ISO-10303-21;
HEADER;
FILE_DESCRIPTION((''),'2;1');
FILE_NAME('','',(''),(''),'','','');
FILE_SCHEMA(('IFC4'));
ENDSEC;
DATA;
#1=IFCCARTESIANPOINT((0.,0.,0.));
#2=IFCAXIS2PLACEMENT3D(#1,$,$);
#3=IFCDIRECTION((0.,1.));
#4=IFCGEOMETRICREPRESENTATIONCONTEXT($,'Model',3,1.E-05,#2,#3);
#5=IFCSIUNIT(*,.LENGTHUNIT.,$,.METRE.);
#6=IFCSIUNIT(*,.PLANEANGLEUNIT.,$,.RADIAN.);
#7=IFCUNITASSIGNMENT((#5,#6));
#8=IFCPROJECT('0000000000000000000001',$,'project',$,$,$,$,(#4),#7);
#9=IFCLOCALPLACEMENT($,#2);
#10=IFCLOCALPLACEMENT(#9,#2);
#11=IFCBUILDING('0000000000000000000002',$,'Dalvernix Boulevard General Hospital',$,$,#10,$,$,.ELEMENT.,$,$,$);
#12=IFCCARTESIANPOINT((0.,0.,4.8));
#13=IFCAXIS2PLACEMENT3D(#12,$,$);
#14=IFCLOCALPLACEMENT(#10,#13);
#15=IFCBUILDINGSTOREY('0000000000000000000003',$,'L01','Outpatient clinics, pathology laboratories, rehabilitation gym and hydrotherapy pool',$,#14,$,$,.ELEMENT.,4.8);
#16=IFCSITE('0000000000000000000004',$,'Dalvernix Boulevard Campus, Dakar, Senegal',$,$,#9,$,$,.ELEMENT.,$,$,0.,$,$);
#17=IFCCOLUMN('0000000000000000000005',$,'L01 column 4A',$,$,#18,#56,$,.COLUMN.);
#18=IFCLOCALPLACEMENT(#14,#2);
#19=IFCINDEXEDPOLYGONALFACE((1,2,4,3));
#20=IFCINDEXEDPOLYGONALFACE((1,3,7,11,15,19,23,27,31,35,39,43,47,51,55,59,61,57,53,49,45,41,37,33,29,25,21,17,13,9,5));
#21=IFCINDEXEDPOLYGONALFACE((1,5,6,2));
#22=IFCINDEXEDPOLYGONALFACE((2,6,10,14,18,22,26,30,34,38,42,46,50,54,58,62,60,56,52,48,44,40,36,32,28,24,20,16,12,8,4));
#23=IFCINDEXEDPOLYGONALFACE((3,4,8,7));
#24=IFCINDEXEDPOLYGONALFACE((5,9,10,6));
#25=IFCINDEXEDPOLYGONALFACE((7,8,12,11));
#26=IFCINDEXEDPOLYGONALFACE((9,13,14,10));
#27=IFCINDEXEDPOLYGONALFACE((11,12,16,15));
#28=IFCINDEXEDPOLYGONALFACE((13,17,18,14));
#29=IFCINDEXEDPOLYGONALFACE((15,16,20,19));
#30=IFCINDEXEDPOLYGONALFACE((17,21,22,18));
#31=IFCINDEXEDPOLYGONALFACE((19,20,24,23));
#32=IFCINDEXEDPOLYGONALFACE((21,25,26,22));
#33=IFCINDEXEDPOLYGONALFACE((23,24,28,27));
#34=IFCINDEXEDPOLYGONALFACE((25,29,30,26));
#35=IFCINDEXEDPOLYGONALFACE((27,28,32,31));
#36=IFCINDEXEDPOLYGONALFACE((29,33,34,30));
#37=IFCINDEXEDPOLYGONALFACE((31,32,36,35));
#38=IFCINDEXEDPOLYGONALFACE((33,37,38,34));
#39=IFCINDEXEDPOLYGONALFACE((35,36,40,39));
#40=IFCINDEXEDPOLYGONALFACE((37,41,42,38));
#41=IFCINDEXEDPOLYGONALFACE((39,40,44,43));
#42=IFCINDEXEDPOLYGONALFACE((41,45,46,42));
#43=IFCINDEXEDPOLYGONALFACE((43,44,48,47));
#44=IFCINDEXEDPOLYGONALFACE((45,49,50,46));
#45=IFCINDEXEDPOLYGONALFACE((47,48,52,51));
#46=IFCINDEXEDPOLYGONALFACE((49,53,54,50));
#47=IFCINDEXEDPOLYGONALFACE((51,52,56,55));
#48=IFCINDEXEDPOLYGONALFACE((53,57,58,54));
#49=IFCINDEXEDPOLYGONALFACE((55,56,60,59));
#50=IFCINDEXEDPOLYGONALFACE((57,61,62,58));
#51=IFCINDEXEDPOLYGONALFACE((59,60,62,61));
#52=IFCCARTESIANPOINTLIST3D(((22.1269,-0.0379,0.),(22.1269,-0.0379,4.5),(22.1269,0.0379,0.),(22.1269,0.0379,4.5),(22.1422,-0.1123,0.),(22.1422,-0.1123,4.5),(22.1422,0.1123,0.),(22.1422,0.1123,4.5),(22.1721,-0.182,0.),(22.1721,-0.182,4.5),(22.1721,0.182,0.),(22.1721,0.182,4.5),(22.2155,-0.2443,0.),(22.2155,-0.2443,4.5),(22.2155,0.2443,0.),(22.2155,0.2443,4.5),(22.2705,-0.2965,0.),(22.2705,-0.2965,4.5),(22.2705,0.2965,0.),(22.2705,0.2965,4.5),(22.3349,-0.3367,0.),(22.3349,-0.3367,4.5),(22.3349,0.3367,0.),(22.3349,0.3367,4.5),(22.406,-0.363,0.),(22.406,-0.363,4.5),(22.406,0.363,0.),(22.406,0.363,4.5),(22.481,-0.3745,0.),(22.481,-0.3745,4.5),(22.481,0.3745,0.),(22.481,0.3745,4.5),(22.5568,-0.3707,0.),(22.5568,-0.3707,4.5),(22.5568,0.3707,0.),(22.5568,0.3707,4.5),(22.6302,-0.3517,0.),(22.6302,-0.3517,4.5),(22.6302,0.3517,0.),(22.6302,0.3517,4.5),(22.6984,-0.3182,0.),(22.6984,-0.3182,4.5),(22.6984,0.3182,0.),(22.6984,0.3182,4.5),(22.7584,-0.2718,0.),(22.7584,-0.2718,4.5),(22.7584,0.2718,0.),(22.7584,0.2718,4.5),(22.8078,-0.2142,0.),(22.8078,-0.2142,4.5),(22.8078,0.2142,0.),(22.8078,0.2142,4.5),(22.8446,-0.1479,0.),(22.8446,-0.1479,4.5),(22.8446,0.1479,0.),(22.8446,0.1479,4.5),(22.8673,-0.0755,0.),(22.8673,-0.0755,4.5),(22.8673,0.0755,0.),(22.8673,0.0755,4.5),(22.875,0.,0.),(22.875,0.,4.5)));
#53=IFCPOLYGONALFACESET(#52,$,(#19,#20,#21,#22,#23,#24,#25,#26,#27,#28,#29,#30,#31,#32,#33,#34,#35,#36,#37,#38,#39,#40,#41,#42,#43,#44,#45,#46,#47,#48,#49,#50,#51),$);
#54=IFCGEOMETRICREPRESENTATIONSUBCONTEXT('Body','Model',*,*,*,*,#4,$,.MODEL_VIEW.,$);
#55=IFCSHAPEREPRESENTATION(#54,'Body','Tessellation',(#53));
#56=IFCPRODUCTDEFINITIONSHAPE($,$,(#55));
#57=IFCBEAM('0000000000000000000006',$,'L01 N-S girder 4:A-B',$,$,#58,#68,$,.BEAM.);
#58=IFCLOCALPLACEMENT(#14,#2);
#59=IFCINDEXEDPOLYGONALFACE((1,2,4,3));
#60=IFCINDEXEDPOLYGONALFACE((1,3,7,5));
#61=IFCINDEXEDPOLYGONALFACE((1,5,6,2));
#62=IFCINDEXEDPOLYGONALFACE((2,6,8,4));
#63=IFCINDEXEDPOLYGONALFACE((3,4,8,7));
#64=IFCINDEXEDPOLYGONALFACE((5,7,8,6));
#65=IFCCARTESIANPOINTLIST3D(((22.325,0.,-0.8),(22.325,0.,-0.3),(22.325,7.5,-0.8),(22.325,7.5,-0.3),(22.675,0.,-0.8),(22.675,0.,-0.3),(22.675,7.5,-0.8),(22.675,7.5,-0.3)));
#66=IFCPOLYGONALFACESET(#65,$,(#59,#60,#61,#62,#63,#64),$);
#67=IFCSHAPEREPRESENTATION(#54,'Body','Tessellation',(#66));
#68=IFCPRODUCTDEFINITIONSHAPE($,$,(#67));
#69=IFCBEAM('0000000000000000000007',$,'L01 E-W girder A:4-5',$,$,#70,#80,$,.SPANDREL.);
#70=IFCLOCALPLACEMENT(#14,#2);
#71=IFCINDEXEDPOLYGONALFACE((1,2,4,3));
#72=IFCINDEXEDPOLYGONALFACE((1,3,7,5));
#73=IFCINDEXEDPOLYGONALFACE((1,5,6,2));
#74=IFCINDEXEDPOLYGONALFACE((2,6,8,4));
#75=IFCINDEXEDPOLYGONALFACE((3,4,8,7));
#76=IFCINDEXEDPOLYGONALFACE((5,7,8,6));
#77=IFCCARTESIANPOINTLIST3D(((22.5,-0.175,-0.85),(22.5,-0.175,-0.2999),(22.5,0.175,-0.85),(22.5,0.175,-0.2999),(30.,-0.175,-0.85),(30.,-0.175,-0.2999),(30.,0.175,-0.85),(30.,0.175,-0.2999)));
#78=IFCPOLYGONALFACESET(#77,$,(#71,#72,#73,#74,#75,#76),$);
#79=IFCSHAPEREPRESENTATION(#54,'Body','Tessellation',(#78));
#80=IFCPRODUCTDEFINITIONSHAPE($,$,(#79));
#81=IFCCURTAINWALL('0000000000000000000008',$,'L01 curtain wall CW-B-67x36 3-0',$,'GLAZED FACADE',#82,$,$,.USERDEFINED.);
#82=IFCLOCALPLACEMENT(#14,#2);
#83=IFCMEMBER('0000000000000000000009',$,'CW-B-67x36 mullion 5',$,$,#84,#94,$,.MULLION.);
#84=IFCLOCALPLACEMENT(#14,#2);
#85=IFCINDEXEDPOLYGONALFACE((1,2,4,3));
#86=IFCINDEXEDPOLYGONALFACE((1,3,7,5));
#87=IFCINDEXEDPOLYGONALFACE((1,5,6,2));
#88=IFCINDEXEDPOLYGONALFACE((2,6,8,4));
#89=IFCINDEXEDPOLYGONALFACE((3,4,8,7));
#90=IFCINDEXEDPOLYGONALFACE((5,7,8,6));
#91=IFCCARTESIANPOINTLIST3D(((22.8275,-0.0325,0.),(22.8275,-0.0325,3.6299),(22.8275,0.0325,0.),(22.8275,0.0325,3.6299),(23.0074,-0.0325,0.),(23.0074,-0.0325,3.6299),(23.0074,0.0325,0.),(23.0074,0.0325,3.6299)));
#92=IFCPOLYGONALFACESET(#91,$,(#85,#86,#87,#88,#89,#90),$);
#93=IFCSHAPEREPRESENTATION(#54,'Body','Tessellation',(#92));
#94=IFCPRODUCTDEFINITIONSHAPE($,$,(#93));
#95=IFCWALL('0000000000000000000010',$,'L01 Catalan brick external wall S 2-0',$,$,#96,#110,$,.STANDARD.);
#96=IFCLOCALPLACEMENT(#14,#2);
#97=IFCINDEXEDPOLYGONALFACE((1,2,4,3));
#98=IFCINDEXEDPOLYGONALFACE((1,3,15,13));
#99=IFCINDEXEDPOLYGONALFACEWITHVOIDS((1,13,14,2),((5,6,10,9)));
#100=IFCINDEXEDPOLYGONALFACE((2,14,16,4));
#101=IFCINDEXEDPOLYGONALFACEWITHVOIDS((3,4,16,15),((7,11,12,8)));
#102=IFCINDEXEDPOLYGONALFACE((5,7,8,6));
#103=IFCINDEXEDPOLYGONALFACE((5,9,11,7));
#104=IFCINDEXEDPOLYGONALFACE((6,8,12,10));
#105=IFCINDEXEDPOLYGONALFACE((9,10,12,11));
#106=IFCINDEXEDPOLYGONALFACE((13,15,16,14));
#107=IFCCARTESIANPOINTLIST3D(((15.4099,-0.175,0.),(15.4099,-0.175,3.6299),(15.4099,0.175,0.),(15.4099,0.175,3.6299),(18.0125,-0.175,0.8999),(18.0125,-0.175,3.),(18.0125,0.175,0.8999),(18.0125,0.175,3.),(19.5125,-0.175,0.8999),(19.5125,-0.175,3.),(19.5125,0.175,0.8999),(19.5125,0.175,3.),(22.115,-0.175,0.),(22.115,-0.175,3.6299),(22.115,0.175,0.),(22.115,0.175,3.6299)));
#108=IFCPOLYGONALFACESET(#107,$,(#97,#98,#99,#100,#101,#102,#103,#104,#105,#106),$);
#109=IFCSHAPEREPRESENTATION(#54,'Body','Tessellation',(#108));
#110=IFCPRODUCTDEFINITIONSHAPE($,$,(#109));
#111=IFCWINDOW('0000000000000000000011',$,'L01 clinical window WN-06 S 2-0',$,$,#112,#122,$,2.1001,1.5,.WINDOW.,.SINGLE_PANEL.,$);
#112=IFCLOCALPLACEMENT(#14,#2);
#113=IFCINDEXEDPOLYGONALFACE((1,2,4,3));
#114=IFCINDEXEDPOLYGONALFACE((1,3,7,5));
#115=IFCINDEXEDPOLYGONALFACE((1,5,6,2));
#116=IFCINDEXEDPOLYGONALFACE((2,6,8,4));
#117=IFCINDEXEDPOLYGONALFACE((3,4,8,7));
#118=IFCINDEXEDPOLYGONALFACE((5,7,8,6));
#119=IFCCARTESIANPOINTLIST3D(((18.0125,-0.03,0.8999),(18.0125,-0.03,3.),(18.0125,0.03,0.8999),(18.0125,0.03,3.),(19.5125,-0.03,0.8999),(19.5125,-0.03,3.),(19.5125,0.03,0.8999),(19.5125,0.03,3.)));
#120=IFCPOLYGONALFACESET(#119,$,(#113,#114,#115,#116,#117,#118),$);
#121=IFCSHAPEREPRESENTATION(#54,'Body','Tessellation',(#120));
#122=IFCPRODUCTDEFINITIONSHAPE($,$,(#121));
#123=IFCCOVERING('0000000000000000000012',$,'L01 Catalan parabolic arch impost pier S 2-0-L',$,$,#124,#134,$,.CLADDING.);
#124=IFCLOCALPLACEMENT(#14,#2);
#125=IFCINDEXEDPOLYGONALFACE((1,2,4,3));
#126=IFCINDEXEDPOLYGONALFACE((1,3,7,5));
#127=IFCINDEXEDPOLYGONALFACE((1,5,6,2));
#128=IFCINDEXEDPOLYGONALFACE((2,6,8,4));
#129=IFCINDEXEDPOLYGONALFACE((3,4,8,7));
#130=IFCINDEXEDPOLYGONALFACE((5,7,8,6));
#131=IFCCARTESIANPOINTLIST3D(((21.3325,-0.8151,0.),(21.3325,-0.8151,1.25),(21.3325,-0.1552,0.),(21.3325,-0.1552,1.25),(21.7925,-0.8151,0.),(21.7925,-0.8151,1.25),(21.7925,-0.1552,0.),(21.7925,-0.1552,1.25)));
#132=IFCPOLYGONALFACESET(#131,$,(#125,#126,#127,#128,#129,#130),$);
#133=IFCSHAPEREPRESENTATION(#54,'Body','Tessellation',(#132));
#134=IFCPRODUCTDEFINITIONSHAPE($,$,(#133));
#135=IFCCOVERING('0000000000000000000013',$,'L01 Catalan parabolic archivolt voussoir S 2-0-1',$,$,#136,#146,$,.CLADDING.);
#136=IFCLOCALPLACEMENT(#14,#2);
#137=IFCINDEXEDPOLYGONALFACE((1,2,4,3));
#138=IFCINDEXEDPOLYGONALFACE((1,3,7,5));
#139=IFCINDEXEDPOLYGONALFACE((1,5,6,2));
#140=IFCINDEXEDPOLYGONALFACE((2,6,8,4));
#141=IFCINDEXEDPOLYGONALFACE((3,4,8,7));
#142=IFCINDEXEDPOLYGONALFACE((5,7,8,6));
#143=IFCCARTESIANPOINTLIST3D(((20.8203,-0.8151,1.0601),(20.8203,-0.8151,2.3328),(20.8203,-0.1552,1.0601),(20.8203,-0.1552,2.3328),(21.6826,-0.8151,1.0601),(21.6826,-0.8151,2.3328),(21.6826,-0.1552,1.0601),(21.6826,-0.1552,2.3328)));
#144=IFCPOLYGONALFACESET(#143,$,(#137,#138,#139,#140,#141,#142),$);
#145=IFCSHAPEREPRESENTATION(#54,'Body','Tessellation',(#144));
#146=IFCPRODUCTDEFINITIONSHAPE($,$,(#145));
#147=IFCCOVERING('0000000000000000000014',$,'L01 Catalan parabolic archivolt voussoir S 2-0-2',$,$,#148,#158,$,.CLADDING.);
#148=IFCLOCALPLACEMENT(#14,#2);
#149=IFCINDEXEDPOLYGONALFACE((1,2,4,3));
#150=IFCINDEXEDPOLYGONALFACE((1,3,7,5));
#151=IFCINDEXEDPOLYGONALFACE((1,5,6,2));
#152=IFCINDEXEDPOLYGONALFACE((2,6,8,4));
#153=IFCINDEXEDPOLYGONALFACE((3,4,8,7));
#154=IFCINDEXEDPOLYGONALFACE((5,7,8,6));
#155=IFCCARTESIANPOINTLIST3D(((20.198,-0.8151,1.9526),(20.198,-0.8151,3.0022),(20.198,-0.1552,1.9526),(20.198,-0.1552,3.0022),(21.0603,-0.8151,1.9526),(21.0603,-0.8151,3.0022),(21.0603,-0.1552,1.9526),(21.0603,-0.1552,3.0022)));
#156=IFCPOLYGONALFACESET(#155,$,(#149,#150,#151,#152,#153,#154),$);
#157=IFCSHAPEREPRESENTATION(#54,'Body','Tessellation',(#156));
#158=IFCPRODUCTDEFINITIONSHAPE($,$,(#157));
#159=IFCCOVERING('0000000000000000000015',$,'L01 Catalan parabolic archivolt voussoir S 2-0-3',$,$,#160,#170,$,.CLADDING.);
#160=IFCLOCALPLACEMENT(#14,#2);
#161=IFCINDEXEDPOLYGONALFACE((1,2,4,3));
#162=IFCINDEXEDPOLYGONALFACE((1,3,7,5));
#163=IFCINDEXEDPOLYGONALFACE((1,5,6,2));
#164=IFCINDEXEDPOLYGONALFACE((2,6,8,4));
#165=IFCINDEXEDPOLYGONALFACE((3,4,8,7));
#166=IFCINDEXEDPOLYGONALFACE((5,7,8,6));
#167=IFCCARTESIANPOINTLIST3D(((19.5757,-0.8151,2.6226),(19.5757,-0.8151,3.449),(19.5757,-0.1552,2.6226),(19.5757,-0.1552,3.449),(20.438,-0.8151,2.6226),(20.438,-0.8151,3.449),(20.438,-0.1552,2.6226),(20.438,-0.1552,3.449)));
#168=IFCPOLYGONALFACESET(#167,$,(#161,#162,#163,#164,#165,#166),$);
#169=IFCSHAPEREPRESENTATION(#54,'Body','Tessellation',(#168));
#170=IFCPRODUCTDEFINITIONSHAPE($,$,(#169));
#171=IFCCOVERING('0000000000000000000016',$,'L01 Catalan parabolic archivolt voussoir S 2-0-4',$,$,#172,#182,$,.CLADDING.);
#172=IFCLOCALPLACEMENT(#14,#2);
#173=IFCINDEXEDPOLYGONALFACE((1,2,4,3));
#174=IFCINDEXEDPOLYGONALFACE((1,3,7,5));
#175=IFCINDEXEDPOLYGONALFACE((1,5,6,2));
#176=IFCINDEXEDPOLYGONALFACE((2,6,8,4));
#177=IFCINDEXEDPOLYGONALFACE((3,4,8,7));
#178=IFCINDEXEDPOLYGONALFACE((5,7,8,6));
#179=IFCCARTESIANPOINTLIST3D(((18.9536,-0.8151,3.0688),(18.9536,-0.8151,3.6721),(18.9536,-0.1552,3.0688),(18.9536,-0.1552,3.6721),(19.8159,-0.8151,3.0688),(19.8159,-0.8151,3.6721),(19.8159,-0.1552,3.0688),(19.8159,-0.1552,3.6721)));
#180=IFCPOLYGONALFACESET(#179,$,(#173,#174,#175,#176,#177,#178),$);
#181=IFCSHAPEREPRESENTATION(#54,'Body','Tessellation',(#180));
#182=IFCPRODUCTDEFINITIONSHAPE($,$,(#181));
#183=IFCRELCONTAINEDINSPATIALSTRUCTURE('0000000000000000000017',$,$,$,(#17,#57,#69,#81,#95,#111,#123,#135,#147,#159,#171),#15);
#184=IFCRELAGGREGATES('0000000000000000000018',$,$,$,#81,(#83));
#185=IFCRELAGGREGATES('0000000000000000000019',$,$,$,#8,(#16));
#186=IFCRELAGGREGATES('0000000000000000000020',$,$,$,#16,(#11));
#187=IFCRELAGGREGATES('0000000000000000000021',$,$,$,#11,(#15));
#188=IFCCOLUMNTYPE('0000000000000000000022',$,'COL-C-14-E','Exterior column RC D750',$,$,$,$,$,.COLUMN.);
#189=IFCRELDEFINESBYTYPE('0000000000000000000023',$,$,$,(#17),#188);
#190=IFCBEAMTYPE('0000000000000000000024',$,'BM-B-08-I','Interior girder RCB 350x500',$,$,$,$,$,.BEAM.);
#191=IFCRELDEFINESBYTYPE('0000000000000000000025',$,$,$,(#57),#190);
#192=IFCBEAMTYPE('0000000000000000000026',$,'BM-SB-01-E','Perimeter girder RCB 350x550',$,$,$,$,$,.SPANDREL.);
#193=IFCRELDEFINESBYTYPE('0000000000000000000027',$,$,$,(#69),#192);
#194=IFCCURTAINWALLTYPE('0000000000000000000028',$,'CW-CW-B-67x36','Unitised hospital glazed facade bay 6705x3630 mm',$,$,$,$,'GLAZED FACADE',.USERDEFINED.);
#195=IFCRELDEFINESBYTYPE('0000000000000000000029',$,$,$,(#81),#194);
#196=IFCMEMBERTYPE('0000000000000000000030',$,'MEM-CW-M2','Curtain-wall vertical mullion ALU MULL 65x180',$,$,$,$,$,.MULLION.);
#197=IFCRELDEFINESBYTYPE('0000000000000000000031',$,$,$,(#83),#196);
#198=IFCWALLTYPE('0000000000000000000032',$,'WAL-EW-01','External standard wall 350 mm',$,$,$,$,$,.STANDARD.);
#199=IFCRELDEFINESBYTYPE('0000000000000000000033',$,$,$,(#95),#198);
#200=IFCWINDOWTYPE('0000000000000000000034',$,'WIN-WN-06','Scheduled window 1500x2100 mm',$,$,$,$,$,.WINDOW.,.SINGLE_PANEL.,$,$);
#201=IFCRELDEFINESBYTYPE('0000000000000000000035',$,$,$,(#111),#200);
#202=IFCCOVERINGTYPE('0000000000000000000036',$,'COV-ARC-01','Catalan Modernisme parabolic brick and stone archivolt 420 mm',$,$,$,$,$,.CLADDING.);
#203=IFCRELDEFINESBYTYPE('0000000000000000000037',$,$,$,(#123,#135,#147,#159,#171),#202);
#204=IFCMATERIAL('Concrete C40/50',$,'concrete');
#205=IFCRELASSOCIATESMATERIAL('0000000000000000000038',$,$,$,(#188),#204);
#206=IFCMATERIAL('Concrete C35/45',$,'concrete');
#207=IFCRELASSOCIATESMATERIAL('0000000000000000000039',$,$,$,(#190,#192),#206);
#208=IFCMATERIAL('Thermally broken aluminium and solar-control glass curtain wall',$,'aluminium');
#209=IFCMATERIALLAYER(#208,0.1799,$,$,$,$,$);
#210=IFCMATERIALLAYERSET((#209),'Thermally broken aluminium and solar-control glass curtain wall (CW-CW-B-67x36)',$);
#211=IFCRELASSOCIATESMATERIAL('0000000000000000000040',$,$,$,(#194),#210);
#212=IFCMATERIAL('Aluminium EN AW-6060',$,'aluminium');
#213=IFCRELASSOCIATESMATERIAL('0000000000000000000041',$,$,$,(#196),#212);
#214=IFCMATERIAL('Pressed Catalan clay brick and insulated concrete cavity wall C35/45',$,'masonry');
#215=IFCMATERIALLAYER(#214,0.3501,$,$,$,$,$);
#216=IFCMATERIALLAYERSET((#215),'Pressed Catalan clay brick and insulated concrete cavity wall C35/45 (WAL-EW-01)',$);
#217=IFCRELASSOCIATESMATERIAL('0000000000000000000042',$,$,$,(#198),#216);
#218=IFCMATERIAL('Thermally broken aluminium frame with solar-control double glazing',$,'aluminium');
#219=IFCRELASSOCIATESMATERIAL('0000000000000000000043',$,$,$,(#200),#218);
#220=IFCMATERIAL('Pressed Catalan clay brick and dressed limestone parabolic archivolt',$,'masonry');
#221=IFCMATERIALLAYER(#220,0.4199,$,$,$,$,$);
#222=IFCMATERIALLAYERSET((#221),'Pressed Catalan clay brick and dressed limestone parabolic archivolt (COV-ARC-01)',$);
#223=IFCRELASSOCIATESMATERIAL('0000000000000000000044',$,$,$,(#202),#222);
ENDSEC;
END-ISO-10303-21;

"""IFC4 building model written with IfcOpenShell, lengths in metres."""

from ifc_helpers import new_model, si_unit, direction, frame, frame_2d, origin, origin_2d, place, context, subcontext, project, spatial, rectangle, circle, extrude, material, layer, layer_set, material_profile, profile_set, type_object, element, fill, aggregate, save


model = new_model("IFC4")

# Units and contexts
model_context = context("Model", 3, precision=1e-05, world=origin(), true_north=direction((0.0, 1.0)))
body_context = subcontext(model_context, "Body", "Model", "MODEL_VIEW")
ifc_project = project(units=[si_unit("LENGTHUNIT", "METRE"), si_unit("PLANEANGLEUNIT", "RADIAN")], contexts=[model_context])

# Site, building, storey
site_placement = place(None, origin())
site = spatial("IfcSite", under=ifc_project, at=site_placement, Name="Dalvernix Boulevard Campus, Dakar, Senegal", CompositionType="ELEMENT", RefElevation=0.0)
building_placement = place(site_placement, origin())
building = spatial("IfcBuilding", under=site, at=building_placement, Name="Dalvernix Boulevard General Hospital", CompositionType="ELEMENT")
storey_placement = place(building_placement, frame((0.0, 0.0, 4.8)))
storey = spatial("IfcBuildingStorey", under=building, at=storey_placement, Name="L01", Description="Outpatient clinics, pathology laboratories, rehabilitation gym and hydrotherapy pool", CompositionType="ELEMENT", Elevation=4.8)

# Column
ifc_material_1 = material(Name="Concrete C40/50", Category="concrete")
ifc_material_profile_1 = material_profile(ifc_material_1, circle(Radius=0.375, at=origin_2d()), Name="RC D750")
ifc_profile_set_1 = profile_set([ifc_material_profile_1], Name="Concrete C40/50")
column_type = type_object("IfcColumnType", Name="COL-C-14-E", Description="Exterior column RC D750", PredefinedType="COLUMN", material=ifc_profile_set_1)
column_placement = place(storey_placement, frame((22.5, 0.0, 0.0), z_axis=(0.0, 0.0, 1.0), x_axis=(1.0, 0.0, 0.0)))
element("IfcColumn", 1, at=column_placement, inside=storey, type_object=column_type, Name="L01 column 4A", PredefinedType="COLUMN", context=body_context, shape_type="SweptSolid", body=[
    extrude(circle(Radius=0.375, at=origin_2d()), origin(), (0.0, 0.0, 1.0), 4.5),
])

# Beams
ifc_material_2 = material(Name="Concrete C35/45", Category="concrete")
ifc_material_profile_2 = material_profile(ifc_material_2, rectangle(XDim=0.3501, YDim=0.5, at=origin_2d()), Name="RCB 350x500")
ifc_profile_set_2 = profile_set([ifc_material_profile_2], Name="Concrete C35/45")
beam_type_1 = type_object("IfcBeamType", Name="BM-B-08-I", Description="Interior girder RCB 350x500", PredefinedType="BEAM", material=ifc_profile_set_2)
beam_1_placement = place(storey_placement, frame((22.5, 0.0, -0.55), z_axis=(0.0, 1.0, 0.0), x_axis=(-1.0, 0.0, 0.0)))
element("IfcBeam", 2, at=beam_1_placement, inside=storey, type_object=beam_type_1, Name="L01 N-S girder 4:A-B", PredefinedType="BEAM", context=body_context, shape_type="SweptSolid", body=[
    extrude(rectangle(XDim=0.3501, YDim=0.5, at=origin_2d()), origin(), (0.0, 0.0, 1.0), 7.5),
])
ifc_material_profile_3 = material_profile(ifc_material_2, rectangle(XDim=0.3501, YDim=0.55, at=origin_2d()), Name="RCB 350x550")
ifc_profile_set_3 = profile_set([ifc_material_profile_3], Name="Concrete C35/45")
beam_type_2 = type_object("IfcBeamType", Name="BM-SB-01-E", Description="Perimeter girder RCB 350x550", PredefinedType="SPANDREL", material=ifc_profile_set_3)
beam_2_placement = place(storey_placement, frame((22.5, 0.0, -0.575), z_axis=(1.0, 0.0, 0.0), x_axis=(0.0, 1.0, 0.0)))
element("IfcBeam", 3, at=beam_2_placement, inside=storey, type_object=beam_type_2, Name="L01 E-W girder A:4-5", PredefinedType="SPANDREL", context=body_context, shape_type="SweptSolid", body=[
    extrude(rectangle(XDim=0.3501, YDim=0.55, at=origin_2d()), origin(), (0.0, 0.0, 1.0), 7.5),
])

# Curtain wall, member
ifc_material_3 = material(Name="Thermally broken aluminium and solar-control glass curtain wall", Category="aluminium")
ifc_layer_1 = layer(ifc_material_3, 0.1799)
ifc_layer_set_1 = layer_set([ifc_layer_1], Name="Thermally broken aluminium and solar-control glass curtain wall (CW-CW-B-67x36)")
curtain_wall_type = type_object("IfcCurtainWallType", Name="CW-CW-B-67x36", Description="Unitised hospital glazed facade bay 6705x3630 mm", ElementType="GLAZED FACADE", PredefinedType="USERDEFINED", material=ifc_layer_set_1)
curtain_wall_placement = place(storey_placement, origin())
curtain_wall = element("IfcCurtainWall", 4, at=curtain_wall_placement, inside=storey, type_object=curtain_wall_type, Name="L01 curtain wall CW-B-67x36 3-0", ObjectType="GLAZED FACADE", PredefinedType="USERDEFINED")
ifc_material_4 = material(Name="Aluminium EN AW-6060", Category="aluminium")
ifc_material_profile_4 = material_profile(ifc_material_4, rectangle(XDim=0.0649, YDim=0.1799, at=origin_2d()), Name="ALU MULL 65x180")
ifc_profile_set_4 = profile_set([ifc_material_profile_4], Name="Aluminium EN AW-6060")
member_type = type_object("IfcMemberType", Name="MEM-CW-M2", Description="Curtain-wall vertical mullion ALU MULL 65x180", PredefinedType="MULLION", material=ifc_profile_set_4)
member_placement = place(storey_placement, frame((22.9175, 0.0, 0.0), z_axis=(0.0, 0.0, 1.0), x_axis=(0.0, -1.0, 0.0)))
member = element("IfcMember", 5, at=member_placement, type_object=member_type, Name="CW-B-67x36 mullion 5", PredefinedType="MULLION", context=body_context, shape_type="SweptSolid", body=[
    extrude(rectangle(XDim=0.0649, YDim=0.1799, at=origin_2d()), origin(), (0.0, 0.0, 1.0), 3.6299),
])
aggregate(curtain_wall, [member])

# Wall, opening, window
ifc_material_5 = material(Name="Pressed Catalan clay brick and insulated concrete cavity wall C35/45", Category="masonry")
ifc_layer_2 = layer(ifc_material_5, 0.3501)
ifc_layer_set_2 = layer_set([ifc_layer_2], Name="Pressed Catalan clay brick and insulated concrete cavity wall C35/45 (WAL-EW-01)")
wall_type = type_object("IfcWallType", Name="WAL-EW-01", Description="External standard wall 350 mm", PredefinedType="STANDARD", material=ifc_layer_set_2)
wall_placement = place(storey_placement, frame((22.115, 0.0, 0.0), z_axis=(0.0, 0.0, 1.0), x_axis=(-1.0, 0.0, 0.0)))
wall = element("IfcWall", 6, at=wall_placement, inside=storey, type_object=wall_type, Name="L01 Catalan brick external wall S 2-0", PredefinedType="STANDARD", context=body_context, shape_type="SweptSolid", body=[
    extrude(rectangle(XDim=6.7051, YDim=0.3501, at=frame_2d((3.3525, 0.0))), origin(), (0.0, 0.0, 1.0), 3.6299),
])
opening_placement = place(wall_placement, frame((2.6025, 0.0, 0.8999)))
opening = element("IfcOpeningElement", 7, at=opening_placement, cuts=wall, PredefinedType="OPENING", context=body_context, shape_type="SweptSolid", body=[
    extrude(rectangle(XDim=1.5, YDim=2.1001, at=frame_2d((0.75, 1.05))), frame((0.0, 0.1851, 0.0), z_axis=(0.0, -1.0, 0.0), x_axis=(1.0, 0.0, 0.0)), (0.0, 0.0, 1.0), 0.3701),
])
ifc_material_6 = material(Name="Thermally broken aluminium frame with solar-control double glazing", Category="aluminium")
window_type = type_object("IfcWindowType", Name="WIN-WN-06", Description="Scheduled window 1500x2100 mm", PartitioningType="SINGLE_PANEL", PredefinedType="WINDOW", material=ifc_material_6)
window_placement = place(opening_placement, origin())
window = element("IfcWindow", 8, at=window_placement, inside=storey, type_object=window_type, Name="L01 clinical window WN-06 S 2-0", OverallHeight=2.1001, OverallWidth=1.5, PartitioningType="SINGLE_PANEL", PredefinedType="WINDOW", context=body_context, shape_type="SweptSolid", body=[
    extrude(rectangle(XDim=1.5, YDim=2.1001, at=frame_2d((0.75, 1.05))), frame((0.0, 0.03, 0.0), z_axis=(0.0, -1.0, 0.0), x_axis=(1.0, 0.0, 0.0)), (0.0, 0.0, 1.0), 0.0601),
])
fill(opening, window)

# Coverings
ifc_material_7 = material(Name="Pressed Catalan clay brick and dressed limestone parabolic archivolt", Category="masonry")
ifc_layer_3 = layer(ifc_material_7, 0.4199)
ifc_layer_set_3 = layer_set([ifc_layer_3], Name="Pressed Catalan clay brick and dressed limestone parabolic archivolt (COV-ARC-01)")
covering_type_1 = type_object("IfcCoveringType", Name="COV-ARC-01", Description="Catalan Modernisme parabolic brick and stone archivolt 420 mm", PredefinedType="CLADDING", material=ifc_layer_set_3)
covering_1_placement = place(storey_placement, frame((21.5625, -0.4851, 0.0), z_axis=(0.0, 0.0, 1.0), x_axis=(-1.0, 0.0, 0.0)))
element("IfcCovering", 9, at=covering_1_placement, inside=storey, type_object=covering_type_1, Name="L01 Catalan parabolic arch impost pier S 2-0-L", PredefinedType="CLADDING", context=body_context, shape_type="SweptSolid", body=[
    extrude(rectangle(XDim=0.46, YDim=0.6599, at=origin_2d()), origin(), (0.0, 0.0, 1.0), 1.25),
])
covering_2_placement = place(storey_placement, frame((21.2515, -0.4851, 1.0601), z_axis=(0.0, 0.0, 1.0), x_axis=(-1.0, 0.0, 0.0)))
element("IfcCovering", 10, at=covering_2_placement, inside=storey, type_object=covering_type_1, Name="L01 Catalan parabolic archivolt voussoir S 2-0-1", PredefinedType="CLADDING", context=body_context, shape_type="SweptSolid", body=[
    extrude(rectangle(XDim=0.8623, YDim=0.6599, at=origin_2d()), origin(), (0.0, 0.0, 1.0), 1.2727),
])
covering_3_placement = place(storey_placement, frame((20.6292, -0.4851, 1.9526), z_axis=(0.0, 0.0, 1.0), x_axis=(-1.0, 0.0, 0.0)))
element("IfcCovering", 11, at=covering_3_placement, inside=storey, type_object=covering_type_1, Name="L01 Catalan parabolic archivolt voussoir S 2-0-2", PredefinedType="CLADDING", context=body_context, shape_type="SweptSolid", body=[
    extrude(rectangle(XDim=0.8623, YDim=0.6599, at=origin_2d()), origin(), (0.0, 0.0, 1.0), 1.0496),
])
covering_4_placement = place(storey_placement, frame((20.0068, -0.4851, 2.6226), z_axis=(0.0, 0.0, 1.0), x_axis=(-1.0, 0.0, 0.0)))
element("IfcCovering", 12, at=covering_4_placement, inside=storey, type_object=covering_type_1, Name="L01 Catalan parabolic archivolt voussoir S 2-0-3", PredefinedType="CLADDING", context=body_context, shape_type="SweptSolid", body=[
    extrude(rectangle(XDim=0.8623, YDim=0.6599, at=origin_2d()), origin(), (0.0, 0.0, 1.0), 0.8264),
])
covering_5_placement = place(storey_placement, frame((19.3848, -0.4851, 3.0688), z_axis=(0.0, 0.0, 1.0), x_axis=(-1.0, 0.0, 0.0)))
element("IfcCovering", 13, at=covering_5_placement, inside=storey, type_object=covering_type_1, Name="L01 Catalan parabolic archivolt voussoir S 2-0-4", PredefinedType="CLADDING", context=body_context, shape_type="SweptSolid", body=[
    extrude(rectangle(XDim=0.8623, YDim=0.6599, at=origin_2d()), origin(), (0.0, 0.0, 1.0), 0.6033),
])

save(model, "model.ifc")
